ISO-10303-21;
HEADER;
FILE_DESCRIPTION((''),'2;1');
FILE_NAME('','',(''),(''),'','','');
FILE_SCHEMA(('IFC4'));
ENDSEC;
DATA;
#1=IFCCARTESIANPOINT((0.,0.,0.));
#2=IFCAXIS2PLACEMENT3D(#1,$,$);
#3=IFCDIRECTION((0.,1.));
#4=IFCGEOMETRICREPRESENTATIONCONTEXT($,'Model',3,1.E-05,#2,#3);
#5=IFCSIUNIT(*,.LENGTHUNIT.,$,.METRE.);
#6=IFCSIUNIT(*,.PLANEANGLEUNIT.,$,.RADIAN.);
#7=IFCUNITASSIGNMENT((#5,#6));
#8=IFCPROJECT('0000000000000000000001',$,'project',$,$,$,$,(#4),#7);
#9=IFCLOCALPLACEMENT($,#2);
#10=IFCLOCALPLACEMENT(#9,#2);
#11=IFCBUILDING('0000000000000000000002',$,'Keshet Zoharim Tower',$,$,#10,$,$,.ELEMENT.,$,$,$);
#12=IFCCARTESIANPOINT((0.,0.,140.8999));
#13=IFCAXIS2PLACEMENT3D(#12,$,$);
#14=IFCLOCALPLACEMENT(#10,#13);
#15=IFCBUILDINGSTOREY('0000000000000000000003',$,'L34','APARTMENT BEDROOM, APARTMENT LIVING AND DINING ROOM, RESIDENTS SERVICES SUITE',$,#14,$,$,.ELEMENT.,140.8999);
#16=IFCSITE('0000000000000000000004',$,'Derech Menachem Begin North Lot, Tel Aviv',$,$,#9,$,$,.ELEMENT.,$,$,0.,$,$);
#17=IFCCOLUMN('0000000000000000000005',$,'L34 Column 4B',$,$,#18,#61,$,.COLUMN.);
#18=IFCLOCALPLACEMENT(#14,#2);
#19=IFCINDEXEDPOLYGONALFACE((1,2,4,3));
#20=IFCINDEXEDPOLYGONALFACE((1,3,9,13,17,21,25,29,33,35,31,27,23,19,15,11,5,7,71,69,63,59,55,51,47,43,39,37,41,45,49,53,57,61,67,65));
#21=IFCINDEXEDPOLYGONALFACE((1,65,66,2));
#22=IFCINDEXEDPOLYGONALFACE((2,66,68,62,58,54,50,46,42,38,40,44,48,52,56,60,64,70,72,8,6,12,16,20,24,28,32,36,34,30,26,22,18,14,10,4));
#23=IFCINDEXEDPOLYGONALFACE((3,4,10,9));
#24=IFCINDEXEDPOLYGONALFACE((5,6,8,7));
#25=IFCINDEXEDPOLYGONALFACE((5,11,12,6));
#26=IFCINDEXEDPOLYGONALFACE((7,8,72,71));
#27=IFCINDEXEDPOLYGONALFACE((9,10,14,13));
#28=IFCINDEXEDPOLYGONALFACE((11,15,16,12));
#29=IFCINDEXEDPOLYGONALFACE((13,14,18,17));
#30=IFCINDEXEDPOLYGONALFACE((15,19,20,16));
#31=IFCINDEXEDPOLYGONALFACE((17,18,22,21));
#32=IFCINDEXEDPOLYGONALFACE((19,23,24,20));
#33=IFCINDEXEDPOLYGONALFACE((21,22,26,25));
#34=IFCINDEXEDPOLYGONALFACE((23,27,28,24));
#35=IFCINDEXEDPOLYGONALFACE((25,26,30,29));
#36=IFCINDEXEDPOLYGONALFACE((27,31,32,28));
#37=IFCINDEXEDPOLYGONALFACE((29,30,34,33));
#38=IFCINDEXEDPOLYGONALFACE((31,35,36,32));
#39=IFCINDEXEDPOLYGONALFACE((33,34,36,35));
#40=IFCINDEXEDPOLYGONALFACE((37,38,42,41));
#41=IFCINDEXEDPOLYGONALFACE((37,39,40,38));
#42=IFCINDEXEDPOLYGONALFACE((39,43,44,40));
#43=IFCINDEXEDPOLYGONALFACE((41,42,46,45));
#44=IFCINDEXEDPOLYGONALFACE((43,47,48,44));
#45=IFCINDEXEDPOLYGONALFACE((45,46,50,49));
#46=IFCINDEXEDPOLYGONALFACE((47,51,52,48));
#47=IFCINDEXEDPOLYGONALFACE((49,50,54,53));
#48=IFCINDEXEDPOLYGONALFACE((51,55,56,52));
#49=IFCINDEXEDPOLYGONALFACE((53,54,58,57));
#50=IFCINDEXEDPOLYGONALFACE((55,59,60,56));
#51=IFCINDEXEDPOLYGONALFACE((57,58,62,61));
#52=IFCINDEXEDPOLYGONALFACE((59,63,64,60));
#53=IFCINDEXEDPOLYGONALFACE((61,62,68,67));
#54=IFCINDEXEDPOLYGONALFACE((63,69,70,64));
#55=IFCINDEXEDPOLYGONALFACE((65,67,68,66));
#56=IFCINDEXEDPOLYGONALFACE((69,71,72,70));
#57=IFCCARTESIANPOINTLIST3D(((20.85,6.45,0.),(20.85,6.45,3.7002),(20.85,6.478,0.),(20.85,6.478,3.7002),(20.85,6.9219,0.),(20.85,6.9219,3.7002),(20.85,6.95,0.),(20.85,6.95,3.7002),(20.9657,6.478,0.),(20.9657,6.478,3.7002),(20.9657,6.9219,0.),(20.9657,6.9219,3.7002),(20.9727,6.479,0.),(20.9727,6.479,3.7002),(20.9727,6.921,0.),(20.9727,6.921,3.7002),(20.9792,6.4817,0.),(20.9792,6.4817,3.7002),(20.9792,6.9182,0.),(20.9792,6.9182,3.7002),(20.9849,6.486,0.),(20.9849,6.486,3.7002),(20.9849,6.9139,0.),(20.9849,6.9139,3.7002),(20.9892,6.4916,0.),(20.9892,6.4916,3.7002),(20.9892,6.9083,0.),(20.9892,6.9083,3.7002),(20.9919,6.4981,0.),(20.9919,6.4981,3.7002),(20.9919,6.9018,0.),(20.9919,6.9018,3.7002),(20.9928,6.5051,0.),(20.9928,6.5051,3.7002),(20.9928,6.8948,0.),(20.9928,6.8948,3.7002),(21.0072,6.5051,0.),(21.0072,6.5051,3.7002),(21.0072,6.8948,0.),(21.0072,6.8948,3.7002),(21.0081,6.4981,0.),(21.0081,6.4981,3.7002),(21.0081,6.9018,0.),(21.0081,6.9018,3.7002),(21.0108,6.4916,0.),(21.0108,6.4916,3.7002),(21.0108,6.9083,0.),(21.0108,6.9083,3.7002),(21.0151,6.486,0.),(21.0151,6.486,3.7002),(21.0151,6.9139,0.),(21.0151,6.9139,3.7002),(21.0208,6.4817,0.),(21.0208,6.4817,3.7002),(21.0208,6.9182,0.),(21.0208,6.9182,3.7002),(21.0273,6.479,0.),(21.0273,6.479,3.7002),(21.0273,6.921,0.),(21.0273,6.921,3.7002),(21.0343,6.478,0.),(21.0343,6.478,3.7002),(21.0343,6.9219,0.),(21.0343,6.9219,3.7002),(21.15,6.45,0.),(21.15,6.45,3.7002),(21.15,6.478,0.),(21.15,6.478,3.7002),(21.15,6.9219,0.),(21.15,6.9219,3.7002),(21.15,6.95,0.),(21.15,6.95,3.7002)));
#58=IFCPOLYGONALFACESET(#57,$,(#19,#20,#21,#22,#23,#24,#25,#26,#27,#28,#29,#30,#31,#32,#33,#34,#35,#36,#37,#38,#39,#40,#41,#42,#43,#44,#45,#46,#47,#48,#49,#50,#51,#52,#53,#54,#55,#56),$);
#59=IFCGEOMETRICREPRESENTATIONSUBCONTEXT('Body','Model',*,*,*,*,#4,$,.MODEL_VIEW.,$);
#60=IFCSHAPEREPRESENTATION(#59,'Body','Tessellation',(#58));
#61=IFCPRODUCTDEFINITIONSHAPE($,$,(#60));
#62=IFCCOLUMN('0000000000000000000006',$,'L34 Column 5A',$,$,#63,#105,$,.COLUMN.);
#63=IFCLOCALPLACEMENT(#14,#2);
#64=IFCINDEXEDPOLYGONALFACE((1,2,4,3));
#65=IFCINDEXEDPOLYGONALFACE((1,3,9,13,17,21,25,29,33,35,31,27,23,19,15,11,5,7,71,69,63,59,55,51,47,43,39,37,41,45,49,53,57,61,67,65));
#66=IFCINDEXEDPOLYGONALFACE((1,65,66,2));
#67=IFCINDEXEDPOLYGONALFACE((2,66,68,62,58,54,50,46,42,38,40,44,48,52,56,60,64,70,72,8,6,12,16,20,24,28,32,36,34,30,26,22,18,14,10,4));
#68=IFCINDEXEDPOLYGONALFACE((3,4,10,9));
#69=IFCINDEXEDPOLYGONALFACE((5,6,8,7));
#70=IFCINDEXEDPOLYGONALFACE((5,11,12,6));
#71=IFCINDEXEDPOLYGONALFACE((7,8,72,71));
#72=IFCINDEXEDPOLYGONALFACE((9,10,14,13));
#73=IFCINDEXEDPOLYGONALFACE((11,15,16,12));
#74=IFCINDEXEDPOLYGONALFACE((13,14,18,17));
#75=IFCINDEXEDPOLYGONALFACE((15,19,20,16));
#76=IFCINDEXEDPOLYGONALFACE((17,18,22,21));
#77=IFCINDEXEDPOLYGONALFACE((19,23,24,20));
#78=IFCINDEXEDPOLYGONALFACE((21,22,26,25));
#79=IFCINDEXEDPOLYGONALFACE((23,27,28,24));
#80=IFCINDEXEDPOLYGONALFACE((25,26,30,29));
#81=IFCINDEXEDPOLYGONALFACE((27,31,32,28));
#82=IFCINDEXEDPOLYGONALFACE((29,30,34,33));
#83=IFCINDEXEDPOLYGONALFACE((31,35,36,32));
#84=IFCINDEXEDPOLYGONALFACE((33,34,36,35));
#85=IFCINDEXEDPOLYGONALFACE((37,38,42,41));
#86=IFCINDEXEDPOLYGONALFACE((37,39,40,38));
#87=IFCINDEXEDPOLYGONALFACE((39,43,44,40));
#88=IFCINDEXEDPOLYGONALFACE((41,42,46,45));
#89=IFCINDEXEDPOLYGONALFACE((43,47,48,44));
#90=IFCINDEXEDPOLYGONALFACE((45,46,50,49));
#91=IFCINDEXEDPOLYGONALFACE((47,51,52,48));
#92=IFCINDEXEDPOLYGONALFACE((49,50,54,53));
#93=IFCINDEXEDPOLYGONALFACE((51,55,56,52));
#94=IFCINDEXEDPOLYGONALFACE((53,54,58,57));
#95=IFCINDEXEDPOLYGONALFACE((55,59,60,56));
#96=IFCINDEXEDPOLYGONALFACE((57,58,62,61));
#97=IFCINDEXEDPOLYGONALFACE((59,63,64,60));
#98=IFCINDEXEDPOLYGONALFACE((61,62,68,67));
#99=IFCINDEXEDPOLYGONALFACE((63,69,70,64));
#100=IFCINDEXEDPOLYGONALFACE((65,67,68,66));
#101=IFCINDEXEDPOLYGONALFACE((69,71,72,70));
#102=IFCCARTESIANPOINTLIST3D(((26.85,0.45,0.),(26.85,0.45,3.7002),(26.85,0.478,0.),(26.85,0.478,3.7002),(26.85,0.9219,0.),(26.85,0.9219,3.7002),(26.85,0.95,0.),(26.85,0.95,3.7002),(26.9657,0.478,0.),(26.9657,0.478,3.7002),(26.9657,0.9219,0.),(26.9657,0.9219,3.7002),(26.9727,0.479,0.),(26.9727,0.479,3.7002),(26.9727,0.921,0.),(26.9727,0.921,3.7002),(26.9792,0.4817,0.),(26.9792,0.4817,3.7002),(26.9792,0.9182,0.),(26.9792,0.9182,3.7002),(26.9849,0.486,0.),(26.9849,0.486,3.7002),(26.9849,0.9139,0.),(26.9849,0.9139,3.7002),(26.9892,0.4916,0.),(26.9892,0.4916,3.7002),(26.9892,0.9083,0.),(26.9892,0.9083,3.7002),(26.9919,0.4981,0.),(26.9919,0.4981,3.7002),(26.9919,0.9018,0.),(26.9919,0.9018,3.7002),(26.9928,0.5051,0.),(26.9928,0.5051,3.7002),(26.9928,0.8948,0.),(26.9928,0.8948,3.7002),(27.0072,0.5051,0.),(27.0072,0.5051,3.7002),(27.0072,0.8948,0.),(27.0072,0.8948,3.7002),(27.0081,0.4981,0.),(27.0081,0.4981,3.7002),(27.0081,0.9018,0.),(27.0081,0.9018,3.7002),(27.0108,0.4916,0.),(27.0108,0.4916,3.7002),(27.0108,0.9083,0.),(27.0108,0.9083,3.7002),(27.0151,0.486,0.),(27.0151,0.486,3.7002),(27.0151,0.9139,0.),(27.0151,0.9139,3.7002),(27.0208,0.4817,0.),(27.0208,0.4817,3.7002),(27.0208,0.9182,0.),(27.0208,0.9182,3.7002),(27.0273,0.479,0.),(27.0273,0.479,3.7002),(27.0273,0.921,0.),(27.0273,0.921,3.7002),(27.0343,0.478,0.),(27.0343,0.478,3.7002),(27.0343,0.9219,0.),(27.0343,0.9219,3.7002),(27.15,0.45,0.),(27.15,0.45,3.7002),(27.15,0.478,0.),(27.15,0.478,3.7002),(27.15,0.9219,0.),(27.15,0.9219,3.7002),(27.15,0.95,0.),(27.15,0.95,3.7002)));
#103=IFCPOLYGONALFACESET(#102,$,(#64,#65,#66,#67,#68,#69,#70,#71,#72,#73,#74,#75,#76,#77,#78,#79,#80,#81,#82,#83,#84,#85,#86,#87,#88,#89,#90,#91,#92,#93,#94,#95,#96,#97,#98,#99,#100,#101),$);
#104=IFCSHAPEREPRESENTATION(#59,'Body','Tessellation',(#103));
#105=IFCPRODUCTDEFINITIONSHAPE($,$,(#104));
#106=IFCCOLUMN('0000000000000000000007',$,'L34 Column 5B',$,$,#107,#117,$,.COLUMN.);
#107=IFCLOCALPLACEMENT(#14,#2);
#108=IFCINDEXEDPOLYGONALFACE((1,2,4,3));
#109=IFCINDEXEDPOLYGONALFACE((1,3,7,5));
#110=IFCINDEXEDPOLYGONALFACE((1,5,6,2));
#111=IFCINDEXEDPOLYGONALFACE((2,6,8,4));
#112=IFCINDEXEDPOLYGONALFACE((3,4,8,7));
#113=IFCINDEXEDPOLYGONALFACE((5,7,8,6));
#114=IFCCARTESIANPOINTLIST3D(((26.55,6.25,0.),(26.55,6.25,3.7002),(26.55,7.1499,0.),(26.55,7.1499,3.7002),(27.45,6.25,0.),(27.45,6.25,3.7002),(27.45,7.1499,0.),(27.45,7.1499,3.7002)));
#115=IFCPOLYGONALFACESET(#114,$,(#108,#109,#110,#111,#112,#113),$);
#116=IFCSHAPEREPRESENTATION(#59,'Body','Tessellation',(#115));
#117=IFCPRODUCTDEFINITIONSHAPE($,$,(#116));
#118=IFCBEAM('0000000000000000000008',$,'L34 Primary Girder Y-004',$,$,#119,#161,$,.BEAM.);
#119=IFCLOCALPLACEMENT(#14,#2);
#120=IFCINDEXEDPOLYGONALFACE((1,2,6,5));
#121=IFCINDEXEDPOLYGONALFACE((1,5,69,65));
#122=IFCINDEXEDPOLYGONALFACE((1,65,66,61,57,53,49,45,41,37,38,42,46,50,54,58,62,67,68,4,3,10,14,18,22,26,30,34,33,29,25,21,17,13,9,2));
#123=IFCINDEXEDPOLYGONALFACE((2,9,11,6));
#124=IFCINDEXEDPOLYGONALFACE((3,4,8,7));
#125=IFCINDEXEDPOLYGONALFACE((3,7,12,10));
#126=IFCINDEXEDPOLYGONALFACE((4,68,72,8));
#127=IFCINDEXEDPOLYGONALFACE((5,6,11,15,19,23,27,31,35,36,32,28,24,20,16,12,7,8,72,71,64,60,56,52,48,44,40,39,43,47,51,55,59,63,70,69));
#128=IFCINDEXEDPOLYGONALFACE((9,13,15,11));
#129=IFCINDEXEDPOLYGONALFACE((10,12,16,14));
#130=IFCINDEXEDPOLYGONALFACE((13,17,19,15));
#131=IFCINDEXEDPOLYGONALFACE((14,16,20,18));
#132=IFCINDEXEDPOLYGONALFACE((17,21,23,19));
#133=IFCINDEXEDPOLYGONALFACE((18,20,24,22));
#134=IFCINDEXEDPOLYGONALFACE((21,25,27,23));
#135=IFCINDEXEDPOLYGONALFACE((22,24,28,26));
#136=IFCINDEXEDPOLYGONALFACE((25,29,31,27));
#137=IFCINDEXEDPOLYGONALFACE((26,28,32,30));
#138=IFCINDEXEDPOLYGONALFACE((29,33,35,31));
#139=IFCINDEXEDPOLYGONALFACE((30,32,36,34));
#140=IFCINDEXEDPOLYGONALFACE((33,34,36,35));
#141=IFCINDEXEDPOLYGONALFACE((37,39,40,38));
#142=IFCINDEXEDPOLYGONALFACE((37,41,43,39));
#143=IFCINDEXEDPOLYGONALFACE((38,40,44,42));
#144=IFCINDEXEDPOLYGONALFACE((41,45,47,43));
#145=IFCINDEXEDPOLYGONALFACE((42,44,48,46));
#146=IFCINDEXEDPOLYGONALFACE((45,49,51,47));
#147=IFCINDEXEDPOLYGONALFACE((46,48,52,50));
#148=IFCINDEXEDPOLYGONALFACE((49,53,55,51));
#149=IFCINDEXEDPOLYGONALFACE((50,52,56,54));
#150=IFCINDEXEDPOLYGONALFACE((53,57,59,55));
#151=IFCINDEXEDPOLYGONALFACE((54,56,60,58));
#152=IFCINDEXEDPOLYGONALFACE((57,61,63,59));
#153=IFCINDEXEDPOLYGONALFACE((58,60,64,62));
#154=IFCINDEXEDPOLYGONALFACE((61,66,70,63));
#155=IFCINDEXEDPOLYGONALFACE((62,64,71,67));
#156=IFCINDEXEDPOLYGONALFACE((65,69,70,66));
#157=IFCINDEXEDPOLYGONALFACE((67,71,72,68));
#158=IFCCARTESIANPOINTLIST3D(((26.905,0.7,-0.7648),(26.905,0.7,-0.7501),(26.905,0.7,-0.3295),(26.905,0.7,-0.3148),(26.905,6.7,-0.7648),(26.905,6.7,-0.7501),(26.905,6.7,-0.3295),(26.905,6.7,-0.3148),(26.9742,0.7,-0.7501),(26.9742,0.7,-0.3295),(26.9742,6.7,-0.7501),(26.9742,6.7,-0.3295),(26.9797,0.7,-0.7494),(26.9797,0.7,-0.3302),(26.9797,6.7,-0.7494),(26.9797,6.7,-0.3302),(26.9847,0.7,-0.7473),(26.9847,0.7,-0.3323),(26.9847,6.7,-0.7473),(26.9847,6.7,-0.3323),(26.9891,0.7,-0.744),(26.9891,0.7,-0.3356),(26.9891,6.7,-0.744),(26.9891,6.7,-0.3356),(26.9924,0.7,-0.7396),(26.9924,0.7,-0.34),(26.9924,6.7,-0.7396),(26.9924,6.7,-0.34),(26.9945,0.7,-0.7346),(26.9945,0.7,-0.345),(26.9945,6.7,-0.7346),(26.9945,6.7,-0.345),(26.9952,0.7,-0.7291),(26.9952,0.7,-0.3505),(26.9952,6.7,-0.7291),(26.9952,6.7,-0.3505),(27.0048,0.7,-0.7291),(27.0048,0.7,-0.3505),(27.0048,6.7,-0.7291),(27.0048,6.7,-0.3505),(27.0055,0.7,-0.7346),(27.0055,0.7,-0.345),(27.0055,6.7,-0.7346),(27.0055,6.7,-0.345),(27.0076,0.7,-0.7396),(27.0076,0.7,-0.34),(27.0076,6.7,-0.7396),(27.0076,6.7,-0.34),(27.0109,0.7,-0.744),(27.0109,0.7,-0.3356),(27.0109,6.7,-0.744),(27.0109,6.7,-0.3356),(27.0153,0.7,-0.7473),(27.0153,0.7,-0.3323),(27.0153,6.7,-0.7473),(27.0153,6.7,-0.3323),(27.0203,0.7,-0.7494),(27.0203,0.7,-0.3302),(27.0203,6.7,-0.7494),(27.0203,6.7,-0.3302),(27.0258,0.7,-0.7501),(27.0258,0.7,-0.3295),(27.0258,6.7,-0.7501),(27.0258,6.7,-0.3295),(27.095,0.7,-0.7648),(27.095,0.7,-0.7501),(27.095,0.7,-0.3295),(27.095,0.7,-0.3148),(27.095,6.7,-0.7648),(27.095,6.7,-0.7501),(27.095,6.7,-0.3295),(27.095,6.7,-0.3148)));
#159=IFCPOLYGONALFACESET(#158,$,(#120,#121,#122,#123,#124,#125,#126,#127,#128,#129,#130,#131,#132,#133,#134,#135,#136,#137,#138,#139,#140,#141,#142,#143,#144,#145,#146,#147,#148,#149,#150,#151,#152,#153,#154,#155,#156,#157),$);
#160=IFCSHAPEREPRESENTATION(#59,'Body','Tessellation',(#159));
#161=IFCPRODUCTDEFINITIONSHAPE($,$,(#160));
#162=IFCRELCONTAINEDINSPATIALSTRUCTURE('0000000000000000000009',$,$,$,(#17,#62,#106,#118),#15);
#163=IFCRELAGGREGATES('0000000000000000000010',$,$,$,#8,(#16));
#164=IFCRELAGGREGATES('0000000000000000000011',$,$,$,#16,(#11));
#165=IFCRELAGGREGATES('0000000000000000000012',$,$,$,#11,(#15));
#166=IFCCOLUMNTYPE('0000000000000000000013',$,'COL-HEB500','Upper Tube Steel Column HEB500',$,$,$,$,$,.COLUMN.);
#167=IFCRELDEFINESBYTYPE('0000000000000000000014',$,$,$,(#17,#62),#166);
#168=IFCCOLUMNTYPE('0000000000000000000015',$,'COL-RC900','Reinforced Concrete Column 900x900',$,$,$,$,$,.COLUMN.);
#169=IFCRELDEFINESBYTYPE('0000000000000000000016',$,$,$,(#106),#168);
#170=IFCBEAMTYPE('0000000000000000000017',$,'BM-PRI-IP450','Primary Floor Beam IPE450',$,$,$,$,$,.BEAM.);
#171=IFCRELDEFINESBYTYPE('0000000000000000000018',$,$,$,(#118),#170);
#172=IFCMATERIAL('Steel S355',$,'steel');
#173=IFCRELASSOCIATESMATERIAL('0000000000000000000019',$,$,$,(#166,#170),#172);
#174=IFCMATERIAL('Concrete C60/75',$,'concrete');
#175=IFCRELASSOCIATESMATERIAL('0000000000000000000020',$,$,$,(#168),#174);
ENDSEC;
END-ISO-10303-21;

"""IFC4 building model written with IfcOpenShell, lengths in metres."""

from ifc_helpers import new_model, si_unit, direction, frame, origin, origin_2d, place, context, subcontext, project, spatial, rectangle, i_section, extrude, material, material_profile, profile_set, type_object, element, save


model = new_model("IFC4")

# Units and contexts
model_context = context("Model", 3, precision=1e-05, world=origin(), true_north=direction((0.0, 1.0)))
body_context = subcontext(model_context, "Body", "Model", "MODEL_VIEW")
ifc_project = project(units=[si_unit("LENGTHUNIT", "METRE"), si_unit("PLANEANGLEUNIT", "RADIAN")], contexts=[model_context])

# Site, building, storey
site_placement = place(None, origin())
site = spatial("IfcSite", under=ifc_project, at=site_placement, Name="Derech Menachem Begin North Lot, Tel Aviv", CompositionType="ELEMENT", RefElevation=0.0)
building_placement = place(site_placement, origin())
building = spatial("IfcBuilding", under=site, at=building_placement, Name="Keshet Zoharim Tower", CompositionType="ELEMENT")
storey_placement = place(building_placement, frame((0.0, 0.0, 140.8999)))
storey = spatial("IfcBuildingStorey", under=building, at=storey_placement, Name="L34", Description="APARTMENT BEDROOM, APARTMENT LIVING AND DINING ROOM, RESIDENTS SERVICES SUITE", CompositionType="ELEMENT", Elevation=140.8999)

# Columns
ifc_material_1 = material(Name="Steel S355", Category="steel")
ifc_material_profile_1 = material_profile(ifc_material_1, i_section(OverallWidth=0.3, OverallDepth=0.5, WebThickness=0.0144, FlangeThickness=0.0281, FilletRadius=0.0271, at=origin_2d()), Name="HEB500")
ifc_profile_set_1 = profile_set([ifc_material_profile_1], Name="Steel S355")
column_type_1 = type_object("IfcColumnType", Name="COL-HEB500", Description="Upper Tube Steel Column HEB500", PredefinedType="COLUMN", material=ifc_profile_set_1)
for number, where, z_axis, x_axis, name in (
    (1, (21.0, 6.7, 0.0), (0.0, 0.0, 1.0), (1.0, 0.0, 0.0), "L34 Column 4B"),
    (2, (27.0, 0.7, 0.0), (0.0, 0.0, 1.0), (1.0, 0.0, 0.0), "L34 Column 5A"),
):
    element("IfcColumn", number, at=place(storey_placement, frame(where, z_axis=z_axis, x_axis=x_axis)), inside=storey, type_object=column_type_1, Name=name, PredefinedType="COLUMN", context=body_context, shape_type="SweptSolid", body=[
        extrude(i_section(OverallWidth=0.3, OverallDepth=0.5, WebThickness=0.0144, FlangeThickness=0.0281, FilletRadius=0.0271, at=origin_2d()), origin(), (0.0, 0.0, 1.0), 3.7002),
    ])
ifc_material_2 = material(Name="Concrete C60/75", Category="concrete")
ifc_material_profile_2 = material_profile(ifc_material_2, rectangle(XDim=0.8999, YDim=0.8999, at=origin_2d()), Name="RC900x900")
ifc_profile_set_2 = profile_set([ifc_material_profile_2], Name="Concrete C60/75")
column_type_2 = type_object("IfcColumnType", Name="COL-RC900", Description="Reinforced Concrete Column 900x900", PredefinedType="COLUMN", material=ifc_profile_set_2)
column_placement = place(storey_placement, frame((27.0, 6.7, 0.0), z_axis=(0.0, 0.0, 1.0), x_axis=(1.0, 0.0, 0.0)))
element("IfcColumn", 3, at=column_placement, inside=storey, type_object=column_type_2, Name="L34 Column 5B", PredefinedType="COLUMN", context=body_context, shape_type="SweptSolid", body=[
    extrude(rectangle(XDim=0.8999, YDim=0.8999, at=origin_2d()), origin(), (0.0, 0.0, 1.0), 3.7002),
])

# Beam
ifc_material_profile_3 = material_profile(ifc_material_1, i_section(OverallWidth=0.1899, OverallDepth=0.45, WebThickness=0.0095, FlangeThickness=0.0146, FilletRadius=0.021, at=origin_2d()), Name="IPE450")
ifc_profile_set_3 = profile_set([ifc_material_profile_3], Name="Steel S355")
beam_type_1 = type_object("IfcBeamType", Name="BM-PRI-IP450", Description="Primary Floor Beam IPE450", PredefinedType="BEAM", material=ifc_profile_set_3)
beam_1_placement = place(storey_placement, frame((27.0, 0.7, -0.5398), z_axis=(0.0, 1.0, 0.0), x_axis=(-1.0, 0.0, 0.0)))
element("IfcBeam", 4, at=beam_1_placement, inside=storey, type_object=beam_type_1, Name="L34 Primary Girder Y-004", PredefinedType="BEAM", context=body_context, shape_type="SweptSolid", body=[
    extrude(i_section(OverallWidth=0.1899, OverallDepth=0.45, WebThickness=0.0095, FlangeThickness=0.0146, FilletRadius=0.021, at=origin_2d()), origin(), (0.0, 0.0, 1.0), 6.0),
])

save(model, "model.ifc")
